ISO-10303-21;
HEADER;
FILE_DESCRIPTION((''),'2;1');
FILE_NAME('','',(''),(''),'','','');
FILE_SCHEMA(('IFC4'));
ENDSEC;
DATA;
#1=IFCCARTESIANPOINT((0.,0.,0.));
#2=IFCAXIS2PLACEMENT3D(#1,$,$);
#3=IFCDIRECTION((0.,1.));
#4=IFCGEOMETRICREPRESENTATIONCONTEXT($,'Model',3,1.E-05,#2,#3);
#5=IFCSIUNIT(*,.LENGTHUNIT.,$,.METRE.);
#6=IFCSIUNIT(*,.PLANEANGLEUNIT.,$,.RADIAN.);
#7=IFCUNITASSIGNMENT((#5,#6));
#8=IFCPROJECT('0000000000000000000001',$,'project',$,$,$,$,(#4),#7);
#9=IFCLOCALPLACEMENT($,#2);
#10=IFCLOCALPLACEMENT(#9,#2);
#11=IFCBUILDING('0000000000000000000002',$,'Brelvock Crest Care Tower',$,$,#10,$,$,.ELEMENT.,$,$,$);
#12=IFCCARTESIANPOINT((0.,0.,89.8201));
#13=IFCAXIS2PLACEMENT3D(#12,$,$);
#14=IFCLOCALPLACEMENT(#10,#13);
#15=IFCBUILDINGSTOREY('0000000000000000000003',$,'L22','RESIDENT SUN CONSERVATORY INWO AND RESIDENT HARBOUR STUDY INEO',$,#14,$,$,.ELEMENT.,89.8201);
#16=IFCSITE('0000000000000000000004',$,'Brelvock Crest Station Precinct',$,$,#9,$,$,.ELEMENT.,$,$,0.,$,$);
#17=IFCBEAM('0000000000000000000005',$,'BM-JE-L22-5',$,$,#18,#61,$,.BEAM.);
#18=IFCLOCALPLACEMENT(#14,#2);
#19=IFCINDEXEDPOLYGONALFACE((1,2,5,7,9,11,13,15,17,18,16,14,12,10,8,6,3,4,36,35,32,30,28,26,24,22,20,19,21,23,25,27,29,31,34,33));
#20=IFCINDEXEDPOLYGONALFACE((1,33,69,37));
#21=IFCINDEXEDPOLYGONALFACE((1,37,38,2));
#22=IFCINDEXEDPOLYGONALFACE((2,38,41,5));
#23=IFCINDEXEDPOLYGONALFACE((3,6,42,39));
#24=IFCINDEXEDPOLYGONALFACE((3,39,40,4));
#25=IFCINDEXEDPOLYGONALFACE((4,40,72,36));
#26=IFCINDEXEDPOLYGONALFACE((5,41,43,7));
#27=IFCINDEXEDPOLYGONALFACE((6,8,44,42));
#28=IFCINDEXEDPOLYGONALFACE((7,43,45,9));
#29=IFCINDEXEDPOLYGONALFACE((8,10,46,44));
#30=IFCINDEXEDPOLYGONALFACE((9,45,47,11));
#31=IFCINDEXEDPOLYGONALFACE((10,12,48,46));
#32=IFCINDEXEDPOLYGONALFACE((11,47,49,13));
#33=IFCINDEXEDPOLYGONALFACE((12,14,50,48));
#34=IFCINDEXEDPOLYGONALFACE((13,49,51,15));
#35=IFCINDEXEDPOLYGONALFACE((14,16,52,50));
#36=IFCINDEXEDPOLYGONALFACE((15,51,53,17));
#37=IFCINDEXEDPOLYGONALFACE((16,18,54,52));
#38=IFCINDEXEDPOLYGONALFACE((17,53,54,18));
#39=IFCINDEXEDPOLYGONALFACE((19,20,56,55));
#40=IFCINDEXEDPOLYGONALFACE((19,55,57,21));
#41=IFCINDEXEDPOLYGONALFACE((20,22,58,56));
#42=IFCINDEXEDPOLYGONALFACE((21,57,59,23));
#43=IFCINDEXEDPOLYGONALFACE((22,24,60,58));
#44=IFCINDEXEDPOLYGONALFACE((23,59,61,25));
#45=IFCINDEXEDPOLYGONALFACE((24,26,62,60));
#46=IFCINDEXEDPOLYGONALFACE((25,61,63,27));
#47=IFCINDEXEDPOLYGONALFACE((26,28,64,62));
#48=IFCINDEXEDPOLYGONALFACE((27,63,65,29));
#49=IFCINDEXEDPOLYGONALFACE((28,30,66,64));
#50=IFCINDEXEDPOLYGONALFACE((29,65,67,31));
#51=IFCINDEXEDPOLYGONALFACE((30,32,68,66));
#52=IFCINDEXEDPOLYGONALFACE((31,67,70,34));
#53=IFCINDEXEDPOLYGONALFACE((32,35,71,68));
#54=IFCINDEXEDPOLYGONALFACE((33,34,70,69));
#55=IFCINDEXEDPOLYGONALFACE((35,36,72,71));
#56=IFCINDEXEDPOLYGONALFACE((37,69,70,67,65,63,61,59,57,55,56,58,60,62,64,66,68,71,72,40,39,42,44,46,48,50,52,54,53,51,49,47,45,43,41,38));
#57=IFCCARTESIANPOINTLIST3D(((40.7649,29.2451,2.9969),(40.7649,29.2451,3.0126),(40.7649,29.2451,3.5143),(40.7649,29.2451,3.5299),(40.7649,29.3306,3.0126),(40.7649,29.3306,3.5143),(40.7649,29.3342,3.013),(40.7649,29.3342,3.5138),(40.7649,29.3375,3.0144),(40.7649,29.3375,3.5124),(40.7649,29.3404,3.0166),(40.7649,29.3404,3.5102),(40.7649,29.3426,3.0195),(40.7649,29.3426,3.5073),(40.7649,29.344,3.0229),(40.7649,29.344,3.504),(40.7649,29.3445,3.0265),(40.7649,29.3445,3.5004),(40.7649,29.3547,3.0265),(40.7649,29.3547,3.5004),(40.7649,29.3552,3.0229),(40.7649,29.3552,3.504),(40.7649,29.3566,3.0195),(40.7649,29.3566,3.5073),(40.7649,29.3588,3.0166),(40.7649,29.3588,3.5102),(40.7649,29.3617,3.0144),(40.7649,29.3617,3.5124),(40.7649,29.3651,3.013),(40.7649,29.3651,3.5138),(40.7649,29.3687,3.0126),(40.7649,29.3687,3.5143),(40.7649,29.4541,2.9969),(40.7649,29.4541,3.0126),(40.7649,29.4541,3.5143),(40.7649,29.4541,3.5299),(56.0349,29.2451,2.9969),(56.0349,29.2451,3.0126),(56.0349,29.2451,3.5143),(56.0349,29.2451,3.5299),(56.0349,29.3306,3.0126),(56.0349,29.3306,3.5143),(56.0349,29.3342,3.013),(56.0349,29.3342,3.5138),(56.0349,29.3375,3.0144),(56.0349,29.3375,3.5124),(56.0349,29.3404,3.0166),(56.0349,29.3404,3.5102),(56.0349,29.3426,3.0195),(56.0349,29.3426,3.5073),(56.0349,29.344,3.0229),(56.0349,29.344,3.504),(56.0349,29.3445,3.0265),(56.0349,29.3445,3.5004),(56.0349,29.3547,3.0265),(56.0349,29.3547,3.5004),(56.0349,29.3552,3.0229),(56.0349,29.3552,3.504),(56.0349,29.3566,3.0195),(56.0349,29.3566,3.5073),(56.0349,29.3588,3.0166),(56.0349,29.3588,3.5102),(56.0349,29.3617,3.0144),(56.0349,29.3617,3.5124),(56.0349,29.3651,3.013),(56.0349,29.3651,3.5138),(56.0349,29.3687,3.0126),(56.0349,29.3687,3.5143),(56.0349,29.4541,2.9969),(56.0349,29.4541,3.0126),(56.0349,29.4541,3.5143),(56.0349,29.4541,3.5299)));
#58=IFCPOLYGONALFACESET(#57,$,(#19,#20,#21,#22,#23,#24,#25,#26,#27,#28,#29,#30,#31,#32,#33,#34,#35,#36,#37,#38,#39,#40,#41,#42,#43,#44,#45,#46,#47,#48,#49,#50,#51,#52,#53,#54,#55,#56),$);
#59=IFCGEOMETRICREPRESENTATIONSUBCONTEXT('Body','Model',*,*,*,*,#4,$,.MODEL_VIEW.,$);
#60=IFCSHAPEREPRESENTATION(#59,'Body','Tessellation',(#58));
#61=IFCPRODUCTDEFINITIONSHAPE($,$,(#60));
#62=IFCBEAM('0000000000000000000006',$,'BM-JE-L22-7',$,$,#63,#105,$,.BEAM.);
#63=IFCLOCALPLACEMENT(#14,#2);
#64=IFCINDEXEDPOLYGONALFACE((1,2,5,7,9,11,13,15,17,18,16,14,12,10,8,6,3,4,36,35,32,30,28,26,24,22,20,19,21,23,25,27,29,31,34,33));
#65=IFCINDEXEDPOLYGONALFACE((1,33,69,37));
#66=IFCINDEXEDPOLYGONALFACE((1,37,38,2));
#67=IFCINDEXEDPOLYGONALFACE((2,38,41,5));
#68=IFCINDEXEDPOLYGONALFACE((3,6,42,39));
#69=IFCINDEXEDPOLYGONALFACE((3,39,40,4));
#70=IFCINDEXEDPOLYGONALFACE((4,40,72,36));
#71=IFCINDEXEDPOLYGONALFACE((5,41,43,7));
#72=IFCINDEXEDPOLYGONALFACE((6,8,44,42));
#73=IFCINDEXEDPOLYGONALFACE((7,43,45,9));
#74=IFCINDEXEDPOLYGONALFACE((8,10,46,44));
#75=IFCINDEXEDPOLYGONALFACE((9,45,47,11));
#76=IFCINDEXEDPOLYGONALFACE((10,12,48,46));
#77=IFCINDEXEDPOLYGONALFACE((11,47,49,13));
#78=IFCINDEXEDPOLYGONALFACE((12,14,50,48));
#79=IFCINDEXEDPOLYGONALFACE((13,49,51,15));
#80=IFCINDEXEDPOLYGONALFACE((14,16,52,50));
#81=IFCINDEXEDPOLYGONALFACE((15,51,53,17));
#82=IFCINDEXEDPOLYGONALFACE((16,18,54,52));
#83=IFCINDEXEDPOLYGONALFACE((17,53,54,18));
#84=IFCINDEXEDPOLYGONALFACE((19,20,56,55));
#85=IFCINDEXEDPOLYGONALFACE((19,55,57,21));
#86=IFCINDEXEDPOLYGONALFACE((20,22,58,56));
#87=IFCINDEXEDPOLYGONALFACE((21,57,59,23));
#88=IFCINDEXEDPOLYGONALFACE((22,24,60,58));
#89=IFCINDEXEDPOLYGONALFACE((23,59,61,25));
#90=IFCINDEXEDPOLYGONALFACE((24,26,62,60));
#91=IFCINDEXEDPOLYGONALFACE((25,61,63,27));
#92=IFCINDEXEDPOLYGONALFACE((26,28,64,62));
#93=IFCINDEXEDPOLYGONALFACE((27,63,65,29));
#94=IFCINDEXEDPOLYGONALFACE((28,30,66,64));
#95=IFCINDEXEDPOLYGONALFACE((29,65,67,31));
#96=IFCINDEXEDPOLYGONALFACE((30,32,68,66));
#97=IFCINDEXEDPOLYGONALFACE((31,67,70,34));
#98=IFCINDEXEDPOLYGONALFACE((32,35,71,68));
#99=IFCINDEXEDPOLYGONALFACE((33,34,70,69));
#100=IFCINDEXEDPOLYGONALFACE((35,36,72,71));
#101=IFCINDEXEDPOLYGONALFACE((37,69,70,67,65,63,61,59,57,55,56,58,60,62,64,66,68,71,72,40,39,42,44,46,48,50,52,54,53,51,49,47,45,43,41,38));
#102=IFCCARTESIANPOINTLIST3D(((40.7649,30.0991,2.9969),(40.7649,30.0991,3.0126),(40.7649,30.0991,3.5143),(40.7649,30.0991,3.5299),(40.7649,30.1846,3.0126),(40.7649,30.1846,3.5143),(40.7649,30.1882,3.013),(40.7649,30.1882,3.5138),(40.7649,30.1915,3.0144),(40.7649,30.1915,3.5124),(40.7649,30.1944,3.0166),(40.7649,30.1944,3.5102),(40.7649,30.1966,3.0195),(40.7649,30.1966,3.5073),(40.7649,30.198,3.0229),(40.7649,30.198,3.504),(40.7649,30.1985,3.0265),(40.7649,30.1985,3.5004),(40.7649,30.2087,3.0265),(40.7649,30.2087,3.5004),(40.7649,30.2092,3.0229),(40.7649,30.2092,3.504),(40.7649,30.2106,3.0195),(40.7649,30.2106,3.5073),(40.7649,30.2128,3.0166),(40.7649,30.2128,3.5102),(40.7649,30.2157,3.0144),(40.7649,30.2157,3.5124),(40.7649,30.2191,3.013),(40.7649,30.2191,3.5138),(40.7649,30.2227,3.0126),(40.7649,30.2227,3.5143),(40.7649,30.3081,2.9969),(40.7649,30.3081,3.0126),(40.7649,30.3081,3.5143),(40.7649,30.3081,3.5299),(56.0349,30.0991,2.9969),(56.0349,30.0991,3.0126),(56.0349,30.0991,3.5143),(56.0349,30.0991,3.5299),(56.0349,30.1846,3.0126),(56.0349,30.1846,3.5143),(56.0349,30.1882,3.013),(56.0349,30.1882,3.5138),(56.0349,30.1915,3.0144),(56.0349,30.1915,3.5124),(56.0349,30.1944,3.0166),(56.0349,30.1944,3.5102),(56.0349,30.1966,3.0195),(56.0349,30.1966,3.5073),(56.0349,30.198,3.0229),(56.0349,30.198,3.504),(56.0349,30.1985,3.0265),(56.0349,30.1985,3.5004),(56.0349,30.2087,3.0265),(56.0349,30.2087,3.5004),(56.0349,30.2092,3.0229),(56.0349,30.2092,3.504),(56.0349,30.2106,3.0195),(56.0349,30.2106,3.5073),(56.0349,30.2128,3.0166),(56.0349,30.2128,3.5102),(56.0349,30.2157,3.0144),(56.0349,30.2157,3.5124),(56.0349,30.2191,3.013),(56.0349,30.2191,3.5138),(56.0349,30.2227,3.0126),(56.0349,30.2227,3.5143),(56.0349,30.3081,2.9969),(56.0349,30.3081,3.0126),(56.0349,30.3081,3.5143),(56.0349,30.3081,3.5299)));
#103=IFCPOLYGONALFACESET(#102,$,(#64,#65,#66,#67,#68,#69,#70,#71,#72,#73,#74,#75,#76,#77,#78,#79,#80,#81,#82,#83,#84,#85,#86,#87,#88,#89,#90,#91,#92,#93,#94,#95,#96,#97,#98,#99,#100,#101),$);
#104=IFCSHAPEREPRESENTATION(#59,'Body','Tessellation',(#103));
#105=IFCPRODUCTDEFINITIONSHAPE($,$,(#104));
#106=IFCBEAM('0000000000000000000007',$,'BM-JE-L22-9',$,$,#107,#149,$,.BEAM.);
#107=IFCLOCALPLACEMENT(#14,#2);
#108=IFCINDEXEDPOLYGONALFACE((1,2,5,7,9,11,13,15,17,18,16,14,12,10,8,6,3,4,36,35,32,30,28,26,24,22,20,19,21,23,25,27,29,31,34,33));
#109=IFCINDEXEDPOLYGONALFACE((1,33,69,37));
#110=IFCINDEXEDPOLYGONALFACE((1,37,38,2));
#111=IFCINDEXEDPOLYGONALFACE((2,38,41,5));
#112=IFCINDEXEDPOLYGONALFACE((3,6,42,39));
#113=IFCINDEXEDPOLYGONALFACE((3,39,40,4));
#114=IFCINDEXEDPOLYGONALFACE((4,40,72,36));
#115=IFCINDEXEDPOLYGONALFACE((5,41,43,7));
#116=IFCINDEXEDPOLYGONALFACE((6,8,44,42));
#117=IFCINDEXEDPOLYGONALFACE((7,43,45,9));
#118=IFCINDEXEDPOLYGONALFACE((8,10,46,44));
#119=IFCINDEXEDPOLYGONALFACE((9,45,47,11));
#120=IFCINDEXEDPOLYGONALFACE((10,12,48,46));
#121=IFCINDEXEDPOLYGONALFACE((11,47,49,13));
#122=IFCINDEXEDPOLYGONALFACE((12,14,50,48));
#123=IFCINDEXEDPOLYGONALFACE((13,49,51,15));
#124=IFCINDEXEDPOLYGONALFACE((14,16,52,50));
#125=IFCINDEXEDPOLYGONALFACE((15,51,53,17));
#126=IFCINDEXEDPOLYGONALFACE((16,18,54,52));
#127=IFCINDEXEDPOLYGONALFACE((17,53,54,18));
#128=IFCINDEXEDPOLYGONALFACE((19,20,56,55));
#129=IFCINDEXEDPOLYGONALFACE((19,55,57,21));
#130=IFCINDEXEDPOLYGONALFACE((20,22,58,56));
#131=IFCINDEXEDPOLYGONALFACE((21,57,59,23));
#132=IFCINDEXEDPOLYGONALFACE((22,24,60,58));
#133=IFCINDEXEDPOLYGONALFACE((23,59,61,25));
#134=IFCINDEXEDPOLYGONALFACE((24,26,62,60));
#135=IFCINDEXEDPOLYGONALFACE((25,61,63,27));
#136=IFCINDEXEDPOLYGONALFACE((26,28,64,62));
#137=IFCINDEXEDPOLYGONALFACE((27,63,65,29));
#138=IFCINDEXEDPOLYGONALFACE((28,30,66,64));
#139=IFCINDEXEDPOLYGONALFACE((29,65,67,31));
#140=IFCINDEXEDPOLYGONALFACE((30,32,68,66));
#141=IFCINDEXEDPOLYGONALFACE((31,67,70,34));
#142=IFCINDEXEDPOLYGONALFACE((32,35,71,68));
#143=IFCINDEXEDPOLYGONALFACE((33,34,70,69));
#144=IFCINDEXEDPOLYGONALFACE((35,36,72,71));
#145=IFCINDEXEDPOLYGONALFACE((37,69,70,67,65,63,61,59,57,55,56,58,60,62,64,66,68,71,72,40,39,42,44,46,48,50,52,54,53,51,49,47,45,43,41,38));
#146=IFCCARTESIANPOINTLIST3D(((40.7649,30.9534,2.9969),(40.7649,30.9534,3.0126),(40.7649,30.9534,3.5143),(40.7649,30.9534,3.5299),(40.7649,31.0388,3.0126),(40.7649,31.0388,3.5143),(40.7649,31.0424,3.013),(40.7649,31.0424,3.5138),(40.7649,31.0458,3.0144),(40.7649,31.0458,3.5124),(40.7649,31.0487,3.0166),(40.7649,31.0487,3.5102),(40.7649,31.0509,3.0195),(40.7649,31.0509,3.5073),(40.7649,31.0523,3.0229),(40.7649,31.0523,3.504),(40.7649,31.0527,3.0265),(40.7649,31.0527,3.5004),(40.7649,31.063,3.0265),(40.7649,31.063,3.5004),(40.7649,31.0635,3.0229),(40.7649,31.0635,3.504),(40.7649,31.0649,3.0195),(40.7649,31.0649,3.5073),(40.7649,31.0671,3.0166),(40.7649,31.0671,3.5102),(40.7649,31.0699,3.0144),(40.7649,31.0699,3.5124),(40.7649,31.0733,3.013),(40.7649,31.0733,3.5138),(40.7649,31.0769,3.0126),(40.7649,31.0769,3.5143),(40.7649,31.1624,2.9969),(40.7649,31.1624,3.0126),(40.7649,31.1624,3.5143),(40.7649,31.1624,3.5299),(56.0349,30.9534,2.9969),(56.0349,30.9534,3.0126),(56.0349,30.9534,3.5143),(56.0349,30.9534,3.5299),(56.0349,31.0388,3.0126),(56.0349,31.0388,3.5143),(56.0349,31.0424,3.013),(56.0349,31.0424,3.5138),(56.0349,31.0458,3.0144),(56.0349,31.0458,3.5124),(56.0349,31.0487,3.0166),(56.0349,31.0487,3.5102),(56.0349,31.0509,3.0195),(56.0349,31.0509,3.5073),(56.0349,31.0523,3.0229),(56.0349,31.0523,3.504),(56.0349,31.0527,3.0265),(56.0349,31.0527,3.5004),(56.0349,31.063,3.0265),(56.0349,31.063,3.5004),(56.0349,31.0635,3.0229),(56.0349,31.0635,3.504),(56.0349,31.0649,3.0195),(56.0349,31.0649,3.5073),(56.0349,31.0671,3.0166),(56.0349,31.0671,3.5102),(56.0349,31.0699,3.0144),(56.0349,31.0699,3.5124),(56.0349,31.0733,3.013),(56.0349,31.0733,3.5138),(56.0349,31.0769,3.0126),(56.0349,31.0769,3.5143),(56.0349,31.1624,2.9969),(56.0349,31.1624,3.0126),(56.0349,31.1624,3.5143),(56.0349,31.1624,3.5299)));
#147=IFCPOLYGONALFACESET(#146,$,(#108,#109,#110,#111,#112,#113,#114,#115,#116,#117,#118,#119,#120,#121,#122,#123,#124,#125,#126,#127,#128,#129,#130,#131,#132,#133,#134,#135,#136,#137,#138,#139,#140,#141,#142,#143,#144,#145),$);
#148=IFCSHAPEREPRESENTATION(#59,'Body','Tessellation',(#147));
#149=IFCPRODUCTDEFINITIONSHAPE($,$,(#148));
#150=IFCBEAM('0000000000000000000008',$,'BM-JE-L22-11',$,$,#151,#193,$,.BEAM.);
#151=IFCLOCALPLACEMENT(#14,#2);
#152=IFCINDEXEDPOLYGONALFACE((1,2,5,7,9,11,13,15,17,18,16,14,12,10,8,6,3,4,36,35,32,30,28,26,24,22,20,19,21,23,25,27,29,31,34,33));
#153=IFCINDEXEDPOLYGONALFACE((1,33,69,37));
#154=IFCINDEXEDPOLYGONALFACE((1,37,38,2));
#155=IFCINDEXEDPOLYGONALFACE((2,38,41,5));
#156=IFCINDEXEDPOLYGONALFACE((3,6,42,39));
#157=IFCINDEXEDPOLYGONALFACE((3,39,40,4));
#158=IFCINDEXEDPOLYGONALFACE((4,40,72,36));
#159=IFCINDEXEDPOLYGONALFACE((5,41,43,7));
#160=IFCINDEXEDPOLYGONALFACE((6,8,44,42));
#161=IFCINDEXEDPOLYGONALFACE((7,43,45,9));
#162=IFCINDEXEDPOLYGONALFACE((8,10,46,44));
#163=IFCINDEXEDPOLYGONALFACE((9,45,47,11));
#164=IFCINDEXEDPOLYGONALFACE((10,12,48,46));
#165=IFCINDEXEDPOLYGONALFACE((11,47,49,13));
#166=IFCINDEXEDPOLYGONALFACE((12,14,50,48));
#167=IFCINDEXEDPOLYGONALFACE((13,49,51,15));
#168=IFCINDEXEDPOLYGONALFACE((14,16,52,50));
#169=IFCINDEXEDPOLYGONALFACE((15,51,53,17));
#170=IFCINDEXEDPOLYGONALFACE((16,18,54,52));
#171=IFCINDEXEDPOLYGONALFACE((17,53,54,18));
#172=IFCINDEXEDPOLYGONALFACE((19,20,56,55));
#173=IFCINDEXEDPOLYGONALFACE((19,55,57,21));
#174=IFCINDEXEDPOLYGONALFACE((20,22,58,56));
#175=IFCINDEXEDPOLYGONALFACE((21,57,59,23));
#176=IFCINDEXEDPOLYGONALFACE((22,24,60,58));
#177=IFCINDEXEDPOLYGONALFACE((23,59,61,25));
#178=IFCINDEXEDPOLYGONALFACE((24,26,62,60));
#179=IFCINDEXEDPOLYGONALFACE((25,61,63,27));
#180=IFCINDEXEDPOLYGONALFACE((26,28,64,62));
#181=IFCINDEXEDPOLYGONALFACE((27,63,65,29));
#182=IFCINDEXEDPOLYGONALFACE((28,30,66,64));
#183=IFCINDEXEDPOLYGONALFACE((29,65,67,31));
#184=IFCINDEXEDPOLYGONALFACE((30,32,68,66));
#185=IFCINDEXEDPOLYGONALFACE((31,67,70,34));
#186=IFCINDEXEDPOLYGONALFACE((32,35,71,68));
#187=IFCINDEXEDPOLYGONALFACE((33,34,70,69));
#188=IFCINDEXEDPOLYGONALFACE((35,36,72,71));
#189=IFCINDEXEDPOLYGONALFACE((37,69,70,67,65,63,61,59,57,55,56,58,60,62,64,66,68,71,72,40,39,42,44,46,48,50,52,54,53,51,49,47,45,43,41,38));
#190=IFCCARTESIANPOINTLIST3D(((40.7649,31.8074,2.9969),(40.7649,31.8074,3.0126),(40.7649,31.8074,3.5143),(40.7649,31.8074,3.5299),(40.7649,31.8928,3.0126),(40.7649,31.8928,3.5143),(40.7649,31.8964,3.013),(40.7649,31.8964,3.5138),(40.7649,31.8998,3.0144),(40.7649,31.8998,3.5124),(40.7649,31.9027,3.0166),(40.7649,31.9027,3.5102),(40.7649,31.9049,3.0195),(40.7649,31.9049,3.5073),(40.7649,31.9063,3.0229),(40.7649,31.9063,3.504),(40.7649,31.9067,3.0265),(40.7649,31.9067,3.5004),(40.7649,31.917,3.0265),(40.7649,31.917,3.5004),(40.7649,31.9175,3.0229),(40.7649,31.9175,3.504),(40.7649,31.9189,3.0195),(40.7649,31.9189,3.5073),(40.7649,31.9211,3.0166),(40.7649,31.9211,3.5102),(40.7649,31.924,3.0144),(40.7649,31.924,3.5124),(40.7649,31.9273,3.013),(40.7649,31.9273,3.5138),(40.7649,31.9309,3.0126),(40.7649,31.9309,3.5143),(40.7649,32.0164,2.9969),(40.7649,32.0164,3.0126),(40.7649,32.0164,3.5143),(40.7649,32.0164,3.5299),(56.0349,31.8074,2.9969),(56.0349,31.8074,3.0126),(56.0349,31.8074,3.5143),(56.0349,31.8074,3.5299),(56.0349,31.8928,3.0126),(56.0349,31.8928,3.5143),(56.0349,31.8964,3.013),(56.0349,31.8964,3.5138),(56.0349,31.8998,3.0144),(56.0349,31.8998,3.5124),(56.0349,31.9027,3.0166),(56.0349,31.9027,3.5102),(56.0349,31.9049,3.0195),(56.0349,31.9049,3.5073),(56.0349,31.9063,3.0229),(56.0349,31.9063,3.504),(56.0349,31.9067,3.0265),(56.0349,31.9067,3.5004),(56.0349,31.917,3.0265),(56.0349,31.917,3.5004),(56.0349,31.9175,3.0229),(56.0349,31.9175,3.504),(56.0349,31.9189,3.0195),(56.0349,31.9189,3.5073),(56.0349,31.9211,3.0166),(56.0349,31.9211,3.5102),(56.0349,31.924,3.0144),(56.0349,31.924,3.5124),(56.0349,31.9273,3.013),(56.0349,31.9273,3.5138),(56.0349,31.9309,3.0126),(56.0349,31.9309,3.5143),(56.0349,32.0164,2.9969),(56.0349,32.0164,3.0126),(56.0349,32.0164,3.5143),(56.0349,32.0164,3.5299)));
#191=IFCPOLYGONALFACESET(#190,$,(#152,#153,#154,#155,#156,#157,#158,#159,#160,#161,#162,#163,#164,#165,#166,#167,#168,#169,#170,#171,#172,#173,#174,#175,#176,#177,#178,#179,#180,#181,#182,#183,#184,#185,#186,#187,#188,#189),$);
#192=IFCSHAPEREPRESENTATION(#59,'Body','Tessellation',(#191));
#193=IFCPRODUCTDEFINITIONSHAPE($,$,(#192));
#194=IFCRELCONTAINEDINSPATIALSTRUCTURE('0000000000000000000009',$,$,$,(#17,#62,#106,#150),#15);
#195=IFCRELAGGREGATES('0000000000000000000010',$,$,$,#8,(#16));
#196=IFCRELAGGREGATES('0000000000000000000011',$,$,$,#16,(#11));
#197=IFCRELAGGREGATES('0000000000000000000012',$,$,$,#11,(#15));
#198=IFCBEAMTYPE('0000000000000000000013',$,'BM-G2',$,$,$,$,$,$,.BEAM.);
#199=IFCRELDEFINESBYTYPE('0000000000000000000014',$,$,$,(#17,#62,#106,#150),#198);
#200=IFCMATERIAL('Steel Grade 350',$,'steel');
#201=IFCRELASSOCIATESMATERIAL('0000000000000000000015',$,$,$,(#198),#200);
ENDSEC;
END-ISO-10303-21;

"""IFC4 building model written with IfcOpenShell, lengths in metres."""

from ifc_helpers import new_model, si_unit, direction, frame, origin, origin_2d, place, context, subcontext, project, spatial, i_section, extrude, source, transform, mapped, material, material_profile, profile_set, type_object, element, save


model = new_model("IFC4")

# Units and contexts
model_context = context("Model", 3, precision=1e-05, world=origin(), true_north=direction((0.0, 1.0)))
body_context = subcontext(model_context, "Body", "Model", "MODEL_VIEW")
ifc_project = project(units=[si_unit("LENGTHUNIT", "METRE"), si_unit("PLANEANGLEUNIT", "RADIAN")], contexts=[model_context])

# Site, building, storey
site_placement = place(None, origin())
site = spatial("IfcSite", under=ifc_project, at=site_placement, Name="Brelvock Crest Station Precinct", CompositionType="ELEMENT", RefElevation=0.0)
building_placement = place(site_placement, origin())
building = spatial("IfcBuilding", under=site, at=building_placement, Name="Brelvock Crest Care Tower", CompositionType="ELEMENT")
storey_placement = place(building_placement, frame((0.0, 0.0, 89.8201)))
storey = spatial("IfcBuildingStorey", under=building, at=storey_placement, Name="L22", Description="RESIDENT SUN CONSERVATORY INWO AND RESIDENT HARBOUR STUDY INEO", CompositionType="ELEMENT", Elevation=89.8201)

# Shared definitions
ifc_material_1 = material(Name="Steel Grade 350", Category="steel")

# Beams
ifc_material_profile_1 = material_profile(ifc_material_1, i_section(OverallWidth=0.209, OverallDepth=0.533, WebThickness=0.0103, FlangeThickness=0.0156, FilletRadius=0.0139, at=origin_2d()), Name="530UB92.4")
ifc_profile_set_1 = profile_set([ifc_material_profile_1], Name="Steel Grade 350")
beam_type_1 = type_object("IfcBeamType", Name="BM-G2", PredefinedType="BEAM", material=ifc_profile_set_1)
shared_shape_1 = source(origin(), body_context, "Body", "SweptSolid", [
    extrude(i_section(OverallWidth=0.209, OverallDepth=0.533, WebThickness=0.0103, FlangeThickness=0.0156, FilletRadius=0.0139, at=origin_2d()), origin(), (0.0, 0.0, 1.0), 15.27),
])
for number, where, z_axis, x_axis, name in (
    (1, (40.7649, 29.3496, 3.2634), (1.0, 0.0, 0.0), (0.0, 1.0, 0.0), "BM-JE-L22-5"),
    (2, (40.7649, 30.2036, 3.2634), (1.0, 0.0, 0.0), (0.0, 1.0, 0.0), "BM-JE-L22-7"),
    (3, (40.7649, 31.0579, 3.2634), (1.0, 0.0, 0.0), (0.0, 1.0, 0.0), "BM-JE-L22-9"),
    (4, (40.7649, 31.9119, 3.2634), (1.0, 0.0, 0.0), (0.0, 1.0, 0.0), "BM-JE-L22-11"),
):
    element("IfcBeam", number, at=place(storey_placement, frame(where, z_axis=z_axis, x_axis=x_axis)), inside=storey, type_object=beam_type_1, Name=name, PredefinedType="BEAM", context=body_context, shape_type="MappedRepresentation", body=[
        mapped(shared_shape_1, transform((0.0, 0.0, 0.0), x_axis=(1.0, 0.0, 0.0), y_axis=(0.0, 1.0, 0.0), z_axis=(0.0, 0.0, 1.0), scale=1.0)),
    ])

save(model, "model.ifc")
